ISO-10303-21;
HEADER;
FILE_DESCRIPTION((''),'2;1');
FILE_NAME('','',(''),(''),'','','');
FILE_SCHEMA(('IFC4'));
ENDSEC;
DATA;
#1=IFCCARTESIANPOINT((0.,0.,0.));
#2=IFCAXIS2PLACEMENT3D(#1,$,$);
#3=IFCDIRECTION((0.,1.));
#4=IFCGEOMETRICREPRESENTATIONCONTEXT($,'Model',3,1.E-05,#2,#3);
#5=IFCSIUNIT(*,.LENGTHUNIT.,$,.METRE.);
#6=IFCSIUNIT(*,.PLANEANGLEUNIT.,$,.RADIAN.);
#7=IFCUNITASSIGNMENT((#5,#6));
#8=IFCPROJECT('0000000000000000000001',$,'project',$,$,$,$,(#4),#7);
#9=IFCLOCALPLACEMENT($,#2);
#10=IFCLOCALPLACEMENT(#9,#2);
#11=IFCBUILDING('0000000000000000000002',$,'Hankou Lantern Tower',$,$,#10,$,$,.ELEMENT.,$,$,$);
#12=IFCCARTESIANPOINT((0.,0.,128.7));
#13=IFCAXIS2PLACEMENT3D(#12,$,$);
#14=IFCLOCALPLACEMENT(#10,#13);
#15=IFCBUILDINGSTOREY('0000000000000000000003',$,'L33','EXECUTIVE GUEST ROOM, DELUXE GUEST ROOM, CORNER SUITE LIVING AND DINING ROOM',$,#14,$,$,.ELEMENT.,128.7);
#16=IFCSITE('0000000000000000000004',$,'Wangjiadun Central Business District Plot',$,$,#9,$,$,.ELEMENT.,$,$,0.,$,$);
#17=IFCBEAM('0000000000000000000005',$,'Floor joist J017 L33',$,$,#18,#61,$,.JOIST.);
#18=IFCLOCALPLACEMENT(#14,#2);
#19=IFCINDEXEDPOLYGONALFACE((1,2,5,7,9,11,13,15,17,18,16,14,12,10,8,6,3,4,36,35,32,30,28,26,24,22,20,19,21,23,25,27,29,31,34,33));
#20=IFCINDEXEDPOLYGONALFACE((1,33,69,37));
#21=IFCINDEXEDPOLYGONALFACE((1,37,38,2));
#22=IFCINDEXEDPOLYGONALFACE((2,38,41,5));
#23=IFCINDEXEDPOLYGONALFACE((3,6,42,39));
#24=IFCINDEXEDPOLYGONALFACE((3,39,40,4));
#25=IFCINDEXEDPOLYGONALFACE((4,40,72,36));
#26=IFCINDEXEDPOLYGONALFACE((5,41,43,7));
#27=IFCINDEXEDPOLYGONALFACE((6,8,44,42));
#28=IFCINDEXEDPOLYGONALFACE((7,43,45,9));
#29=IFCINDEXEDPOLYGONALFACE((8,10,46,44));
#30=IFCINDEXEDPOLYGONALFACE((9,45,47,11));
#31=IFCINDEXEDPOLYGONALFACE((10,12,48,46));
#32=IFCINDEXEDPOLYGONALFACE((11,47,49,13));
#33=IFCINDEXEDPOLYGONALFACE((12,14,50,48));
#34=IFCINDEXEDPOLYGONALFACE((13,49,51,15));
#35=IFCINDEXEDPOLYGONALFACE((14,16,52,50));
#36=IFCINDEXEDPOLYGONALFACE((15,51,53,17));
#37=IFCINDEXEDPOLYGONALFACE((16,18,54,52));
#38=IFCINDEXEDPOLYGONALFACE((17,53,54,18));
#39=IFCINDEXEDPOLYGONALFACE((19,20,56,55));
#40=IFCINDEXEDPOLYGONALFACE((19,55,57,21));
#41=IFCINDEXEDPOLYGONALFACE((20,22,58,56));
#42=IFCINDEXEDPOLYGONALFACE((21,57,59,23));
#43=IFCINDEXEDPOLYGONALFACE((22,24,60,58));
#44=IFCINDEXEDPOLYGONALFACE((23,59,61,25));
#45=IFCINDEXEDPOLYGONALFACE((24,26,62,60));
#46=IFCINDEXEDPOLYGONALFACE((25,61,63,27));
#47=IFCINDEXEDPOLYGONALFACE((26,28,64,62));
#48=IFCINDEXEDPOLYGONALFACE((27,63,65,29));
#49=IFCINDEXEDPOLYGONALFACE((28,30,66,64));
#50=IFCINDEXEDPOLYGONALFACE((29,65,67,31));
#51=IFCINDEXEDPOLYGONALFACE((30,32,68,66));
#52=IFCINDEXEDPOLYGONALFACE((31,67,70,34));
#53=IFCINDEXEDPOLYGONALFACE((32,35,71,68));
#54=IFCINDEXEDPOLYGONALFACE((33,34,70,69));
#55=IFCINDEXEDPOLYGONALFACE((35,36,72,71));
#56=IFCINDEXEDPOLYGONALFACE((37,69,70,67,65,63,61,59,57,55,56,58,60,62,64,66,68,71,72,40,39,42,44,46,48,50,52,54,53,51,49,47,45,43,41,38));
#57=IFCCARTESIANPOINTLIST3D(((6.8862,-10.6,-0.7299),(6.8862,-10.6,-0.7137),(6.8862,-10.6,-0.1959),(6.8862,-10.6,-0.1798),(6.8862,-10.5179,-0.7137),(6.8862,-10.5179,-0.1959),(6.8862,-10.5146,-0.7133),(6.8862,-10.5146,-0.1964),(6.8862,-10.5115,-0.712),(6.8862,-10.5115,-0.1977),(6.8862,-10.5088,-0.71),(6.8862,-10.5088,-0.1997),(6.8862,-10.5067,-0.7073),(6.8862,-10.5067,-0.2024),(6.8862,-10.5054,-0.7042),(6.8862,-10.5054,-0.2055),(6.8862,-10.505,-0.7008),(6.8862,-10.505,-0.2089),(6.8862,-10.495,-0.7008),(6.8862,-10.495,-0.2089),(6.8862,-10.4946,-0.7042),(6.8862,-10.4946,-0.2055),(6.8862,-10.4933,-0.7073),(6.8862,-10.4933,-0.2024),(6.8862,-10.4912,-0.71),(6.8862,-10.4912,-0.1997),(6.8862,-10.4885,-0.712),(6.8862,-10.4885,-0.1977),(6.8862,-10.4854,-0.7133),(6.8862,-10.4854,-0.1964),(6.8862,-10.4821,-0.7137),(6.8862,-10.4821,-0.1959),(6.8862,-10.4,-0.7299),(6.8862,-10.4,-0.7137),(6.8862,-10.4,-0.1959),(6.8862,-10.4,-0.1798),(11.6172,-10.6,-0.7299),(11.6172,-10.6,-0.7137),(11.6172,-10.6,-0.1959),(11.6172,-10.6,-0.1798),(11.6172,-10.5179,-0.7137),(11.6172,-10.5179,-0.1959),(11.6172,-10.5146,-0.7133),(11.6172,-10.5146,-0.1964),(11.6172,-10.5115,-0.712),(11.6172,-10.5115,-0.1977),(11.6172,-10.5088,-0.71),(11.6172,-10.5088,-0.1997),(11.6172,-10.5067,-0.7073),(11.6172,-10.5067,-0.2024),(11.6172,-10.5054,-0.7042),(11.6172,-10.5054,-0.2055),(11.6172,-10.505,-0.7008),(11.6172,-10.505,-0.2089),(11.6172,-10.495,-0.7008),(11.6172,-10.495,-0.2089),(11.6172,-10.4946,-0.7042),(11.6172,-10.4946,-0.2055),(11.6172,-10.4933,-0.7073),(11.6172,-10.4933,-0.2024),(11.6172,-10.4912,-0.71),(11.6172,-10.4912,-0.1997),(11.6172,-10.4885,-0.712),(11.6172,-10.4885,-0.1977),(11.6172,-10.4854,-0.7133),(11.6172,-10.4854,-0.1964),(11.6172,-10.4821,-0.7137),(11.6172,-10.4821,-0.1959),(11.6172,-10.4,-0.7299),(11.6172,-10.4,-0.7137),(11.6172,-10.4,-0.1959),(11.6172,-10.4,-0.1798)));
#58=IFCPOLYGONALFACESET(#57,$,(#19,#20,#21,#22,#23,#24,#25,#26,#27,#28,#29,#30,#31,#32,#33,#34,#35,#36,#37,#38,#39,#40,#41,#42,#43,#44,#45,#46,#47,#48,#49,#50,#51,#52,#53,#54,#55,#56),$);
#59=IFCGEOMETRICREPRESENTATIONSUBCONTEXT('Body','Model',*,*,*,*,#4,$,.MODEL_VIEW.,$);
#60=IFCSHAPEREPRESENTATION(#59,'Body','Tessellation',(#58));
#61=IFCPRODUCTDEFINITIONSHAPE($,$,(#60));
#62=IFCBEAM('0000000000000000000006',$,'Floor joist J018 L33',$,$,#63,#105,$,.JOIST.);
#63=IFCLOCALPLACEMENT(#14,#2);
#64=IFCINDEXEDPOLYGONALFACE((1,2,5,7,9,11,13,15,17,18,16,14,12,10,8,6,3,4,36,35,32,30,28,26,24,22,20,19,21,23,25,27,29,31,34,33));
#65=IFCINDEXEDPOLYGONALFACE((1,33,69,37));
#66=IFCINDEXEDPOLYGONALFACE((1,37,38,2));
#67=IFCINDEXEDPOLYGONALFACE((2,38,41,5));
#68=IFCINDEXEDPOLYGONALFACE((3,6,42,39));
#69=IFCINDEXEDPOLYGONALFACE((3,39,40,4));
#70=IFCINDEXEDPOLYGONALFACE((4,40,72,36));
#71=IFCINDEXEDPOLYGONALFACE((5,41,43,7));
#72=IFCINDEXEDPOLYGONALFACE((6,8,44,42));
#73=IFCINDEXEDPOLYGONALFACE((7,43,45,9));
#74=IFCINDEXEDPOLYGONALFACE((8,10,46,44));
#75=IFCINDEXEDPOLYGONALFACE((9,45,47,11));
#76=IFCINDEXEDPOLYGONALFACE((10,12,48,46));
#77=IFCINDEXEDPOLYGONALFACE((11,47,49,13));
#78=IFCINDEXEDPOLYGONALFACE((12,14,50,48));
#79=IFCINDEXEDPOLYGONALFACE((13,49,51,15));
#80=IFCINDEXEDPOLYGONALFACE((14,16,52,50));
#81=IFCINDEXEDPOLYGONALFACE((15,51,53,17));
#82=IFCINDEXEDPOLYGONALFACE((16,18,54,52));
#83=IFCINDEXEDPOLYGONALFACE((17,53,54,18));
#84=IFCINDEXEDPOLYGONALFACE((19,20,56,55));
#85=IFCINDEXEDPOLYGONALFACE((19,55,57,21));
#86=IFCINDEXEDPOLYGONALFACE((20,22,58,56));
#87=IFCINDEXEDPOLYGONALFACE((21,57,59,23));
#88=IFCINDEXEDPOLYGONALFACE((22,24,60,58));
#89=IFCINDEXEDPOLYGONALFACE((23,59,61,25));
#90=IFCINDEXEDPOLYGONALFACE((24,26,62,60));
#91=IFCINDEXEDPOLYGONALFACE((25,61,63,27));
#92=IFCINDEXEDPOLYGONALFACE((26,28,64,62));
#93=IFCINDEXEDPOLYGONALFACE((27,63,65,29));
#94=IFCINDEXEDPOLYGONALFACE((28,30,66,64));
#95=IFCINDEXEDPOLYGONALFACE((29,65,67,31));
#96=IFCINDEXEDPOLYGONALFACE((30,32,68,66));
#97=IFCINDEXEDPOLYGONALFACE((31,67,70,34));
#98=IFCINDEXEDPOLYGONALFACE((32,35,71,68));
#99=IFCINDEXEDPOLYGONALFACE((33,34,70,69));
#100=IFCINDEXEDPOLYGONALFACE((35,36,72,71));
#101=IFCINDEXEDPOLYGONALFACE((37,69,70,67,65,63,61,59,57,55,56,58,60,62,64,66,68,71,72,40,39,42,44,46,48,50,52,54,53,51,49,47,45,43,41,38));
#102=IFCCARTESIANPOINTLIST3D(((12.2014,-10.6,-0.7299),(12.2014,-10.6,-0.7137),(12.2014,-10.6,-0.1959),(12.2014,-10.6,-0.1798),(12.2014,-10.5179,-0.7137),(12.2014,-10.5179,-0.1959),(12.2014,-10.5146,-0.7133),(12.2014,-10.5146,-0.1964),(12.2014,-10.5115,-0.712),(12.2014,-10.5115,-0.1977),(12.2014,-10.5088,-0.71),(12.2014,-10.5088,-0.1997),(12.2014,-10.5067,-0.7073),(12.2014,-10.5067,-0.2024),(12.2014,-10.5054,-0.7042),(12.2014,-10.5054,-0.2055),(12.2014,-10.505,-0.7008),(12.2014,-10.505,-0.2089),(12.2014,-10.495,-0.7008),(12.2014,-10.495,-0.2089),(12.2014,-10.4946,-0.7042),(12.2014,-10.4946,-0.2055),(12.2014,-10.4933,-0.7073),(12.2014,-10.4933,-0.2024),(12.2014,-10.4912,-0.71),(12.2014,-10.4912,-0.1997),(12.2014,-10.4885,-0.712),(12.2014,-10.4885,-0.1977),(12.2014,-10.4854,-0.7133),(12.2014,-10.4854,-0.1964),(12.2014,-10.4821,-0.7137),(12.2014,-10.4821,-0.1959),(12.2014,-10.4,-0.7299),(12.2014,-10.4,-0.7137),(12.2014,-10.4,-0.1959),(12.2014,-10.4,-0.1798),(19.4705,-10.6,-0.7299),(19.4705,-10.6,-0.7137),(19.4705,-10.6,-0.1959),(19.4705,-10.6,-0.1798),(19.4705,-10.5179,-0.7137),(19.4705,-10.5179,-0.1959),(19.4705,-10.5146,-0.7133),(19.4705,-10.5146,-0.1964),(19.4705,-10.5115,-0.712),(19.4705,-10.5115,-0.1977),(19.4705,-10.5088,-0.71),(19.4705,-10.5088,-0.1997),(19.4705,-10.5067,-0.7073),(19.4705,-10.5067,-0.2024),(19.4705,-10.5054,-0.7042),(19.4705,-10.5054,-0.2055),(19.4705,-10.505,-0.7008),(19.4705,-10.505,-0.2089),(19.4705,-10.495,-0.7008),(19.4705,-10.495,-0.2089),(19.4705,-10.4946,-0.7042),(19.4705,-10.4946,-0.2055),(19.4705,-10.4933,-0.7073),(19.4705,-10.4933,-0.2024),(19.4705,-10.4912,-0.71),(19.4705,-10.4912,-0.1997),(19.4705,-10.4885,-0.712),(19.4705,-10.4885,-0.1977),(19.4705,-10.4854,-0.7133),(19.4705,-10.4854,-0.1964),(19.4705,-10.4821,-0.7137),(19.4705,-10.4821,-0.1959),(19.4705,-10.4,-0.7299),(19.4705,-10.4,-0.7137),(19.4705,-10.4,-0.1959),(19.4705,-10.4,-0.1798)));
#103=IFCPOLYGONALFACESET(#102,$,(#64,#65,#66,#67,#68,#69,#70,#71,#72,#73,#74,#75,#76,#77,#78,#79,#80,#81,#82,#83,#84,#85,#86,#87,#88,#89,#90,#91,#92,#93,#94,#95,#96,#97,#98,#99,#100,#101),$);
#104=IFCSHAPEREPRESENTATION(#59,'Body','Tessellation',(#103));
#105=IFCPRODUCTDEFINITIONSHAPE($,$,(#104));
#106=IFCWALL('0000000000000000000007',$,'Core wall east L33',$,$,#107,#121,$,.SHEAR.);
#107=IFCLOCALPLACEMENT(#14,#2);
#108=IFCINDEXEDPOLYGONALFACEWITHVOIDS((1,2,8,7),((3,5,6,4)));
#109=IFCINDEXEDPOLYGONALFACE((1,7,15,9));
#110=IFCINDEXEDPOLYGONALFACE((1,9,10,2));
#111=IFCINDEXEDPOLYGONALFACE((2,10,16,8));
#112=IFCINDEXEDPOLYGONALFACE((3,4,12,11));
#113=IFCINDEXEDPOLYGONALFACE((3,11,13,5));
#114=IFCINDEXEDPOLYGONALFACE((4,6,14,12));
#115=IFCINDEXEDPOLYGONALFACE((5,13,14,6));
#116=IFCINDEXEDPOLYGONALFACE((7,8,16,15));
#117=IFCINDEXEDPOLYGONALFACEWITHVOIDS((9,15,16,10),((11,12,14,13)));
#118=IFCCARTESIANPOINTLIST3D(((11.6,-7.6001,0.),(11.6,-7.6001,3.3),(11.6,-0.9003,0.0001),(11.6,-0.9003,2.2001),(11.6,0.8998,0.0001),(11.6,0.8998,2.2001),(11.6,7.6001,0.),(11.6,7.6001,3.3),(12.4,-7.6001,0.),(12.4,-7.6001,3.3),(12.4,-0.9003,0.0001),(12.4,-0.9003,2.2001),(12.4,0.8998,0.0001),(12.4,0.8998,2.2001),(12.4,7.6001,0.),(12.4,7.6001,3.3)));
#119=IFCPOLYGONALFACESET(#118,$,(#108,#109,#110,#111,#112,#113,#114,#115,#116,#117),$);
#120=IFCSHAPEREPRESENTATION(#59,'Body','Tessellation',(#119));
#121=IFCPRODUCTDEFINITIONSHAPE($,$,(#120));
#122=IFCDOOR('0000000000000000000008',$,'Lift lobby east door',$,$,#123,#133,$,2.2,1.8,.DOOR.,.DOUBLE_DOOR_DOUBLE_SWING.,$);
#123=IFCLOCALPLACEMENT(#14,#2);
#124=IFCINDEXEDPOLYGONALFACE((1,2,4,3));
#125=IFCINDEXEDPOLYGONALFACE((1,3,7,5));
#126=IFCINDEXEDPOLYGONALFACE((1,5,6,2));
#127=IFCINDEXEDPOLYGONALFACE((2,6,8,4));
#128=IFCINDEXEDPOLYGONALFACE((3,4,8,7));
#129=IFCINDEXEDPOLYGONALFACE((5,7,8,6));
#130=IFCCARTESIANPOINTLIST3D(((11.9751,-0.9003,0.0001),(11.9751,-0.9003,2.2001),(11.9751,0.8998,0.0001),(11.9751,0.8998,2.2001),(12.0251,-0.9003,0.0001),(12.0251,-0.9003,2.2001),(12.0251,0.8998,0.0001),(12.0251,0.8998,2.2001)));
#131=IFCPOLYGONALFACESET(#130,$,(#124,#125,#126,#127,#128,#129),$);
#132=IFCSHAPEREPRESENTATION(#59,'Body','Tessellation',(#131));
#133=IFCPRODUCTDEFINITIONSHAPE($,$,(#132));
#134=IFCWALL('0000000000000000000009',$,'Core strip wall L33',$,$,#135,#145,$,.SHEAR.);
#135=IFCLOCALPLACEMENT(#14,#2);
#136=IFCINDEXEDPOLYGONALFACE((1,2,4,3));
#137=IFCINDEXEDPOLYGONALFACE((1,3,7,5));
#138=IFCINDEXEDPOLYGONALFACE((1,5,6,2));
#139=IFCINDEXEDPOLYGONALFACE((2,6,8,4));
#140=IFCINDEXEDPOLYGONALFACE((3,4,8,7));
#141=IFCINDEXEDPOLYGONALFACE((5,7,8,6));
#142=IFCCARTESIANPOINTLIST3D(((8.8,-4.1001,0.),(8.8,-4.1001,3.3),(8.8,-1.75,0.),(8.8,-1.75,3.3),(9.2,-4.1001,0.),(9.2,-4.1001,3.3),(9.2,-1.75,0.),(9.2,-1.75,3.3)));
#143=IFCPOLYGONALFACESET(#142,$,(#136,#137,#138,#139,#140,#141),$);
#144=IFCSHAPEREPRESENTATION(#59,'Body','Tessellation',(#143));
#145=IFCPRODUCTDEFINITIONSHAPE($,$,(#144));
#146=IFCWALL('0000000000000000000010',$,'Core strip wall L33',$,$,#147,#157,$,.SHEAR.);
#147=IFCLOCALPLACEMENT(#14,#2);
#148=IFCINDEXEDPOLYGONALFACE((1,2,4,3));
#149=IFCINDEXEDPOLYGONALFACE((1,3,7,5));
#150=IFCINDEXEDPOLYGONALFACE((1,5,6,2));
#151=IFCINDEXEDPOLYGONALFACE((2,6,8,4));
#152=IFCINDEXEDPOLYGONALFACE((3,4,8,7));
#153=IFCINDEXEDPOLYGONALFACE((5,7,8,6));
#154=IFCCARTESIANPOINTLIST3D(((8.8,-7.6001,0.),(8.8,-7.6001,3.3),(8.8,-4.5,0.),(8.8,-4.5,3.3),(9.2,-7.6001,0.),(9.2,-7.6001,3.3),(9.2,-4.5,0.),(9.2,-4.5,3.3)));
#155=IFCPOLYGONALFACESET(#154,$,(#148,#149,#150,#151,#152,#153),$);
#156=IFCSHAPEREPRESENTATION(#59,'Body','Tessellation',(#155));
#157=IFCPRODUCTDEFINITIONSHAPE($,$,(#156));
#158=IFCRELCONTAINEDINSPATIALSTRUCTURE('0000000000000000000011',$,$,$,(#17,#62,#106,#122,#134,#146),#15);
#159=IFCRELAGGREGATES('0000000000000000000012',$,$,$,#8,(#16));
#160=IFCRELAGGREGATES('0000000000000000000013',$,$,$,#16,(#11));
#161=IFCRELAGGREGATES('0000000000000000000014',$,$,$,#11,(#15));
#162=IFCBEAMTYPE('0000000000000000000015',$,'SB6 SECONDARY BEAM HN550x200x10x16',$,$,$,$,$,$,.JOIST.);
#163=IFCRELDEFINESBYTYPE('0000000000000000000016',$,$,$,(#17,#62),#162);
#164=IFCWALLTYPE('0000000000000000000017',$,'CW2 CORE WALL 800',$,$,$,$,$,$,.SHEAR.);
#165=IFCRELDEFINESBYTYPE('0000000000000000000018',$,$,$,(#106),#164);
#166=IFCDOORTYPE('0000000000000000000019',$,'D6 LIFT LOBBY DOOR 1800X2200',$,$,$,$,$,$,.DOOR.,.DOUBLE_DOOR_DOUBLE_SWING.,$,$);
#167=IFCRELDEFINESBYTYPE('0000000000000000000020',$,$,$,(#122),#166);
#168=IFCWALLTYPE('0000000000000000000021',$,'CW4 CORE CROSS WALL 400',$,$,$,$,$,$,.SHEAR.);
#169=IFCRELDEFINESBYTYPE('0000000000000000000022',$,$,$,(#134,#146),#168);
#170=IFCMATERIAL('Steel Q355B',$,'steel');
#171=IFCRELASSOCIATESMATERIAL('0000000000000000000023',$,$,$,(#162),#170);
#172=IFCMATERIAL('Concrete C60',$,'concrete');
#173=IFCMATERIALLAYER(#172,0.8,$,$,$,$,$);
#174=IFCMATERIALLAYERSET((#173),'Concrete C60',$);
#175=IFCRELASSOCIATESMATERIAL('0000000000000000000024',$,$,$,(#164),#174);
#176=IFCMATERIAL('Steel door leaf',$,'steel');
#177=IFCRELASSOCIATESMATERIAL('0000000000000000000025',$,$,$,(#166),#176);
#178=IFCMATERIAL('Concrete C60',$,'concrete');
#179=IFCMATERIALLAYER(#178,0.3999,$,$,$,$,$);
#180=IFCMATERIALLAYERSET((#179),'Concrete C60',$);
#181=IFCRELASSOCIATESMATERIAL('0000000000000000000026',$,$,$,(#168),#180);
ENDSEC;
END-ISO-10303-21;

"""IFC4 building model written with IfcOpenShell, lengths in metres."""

from ifc_helpers import new_model, si_unit, direction, frame, frame_2d, origin, origin_2d, place, context, subcontext, project, spatial, rectangle, i_section, extrude, material, layer, layer_set, material_profile, profile_set, type_object, element, fill, save


model = new_model("IFC4")

# Units and contexts
model_context = context("Model", 3, precision=1e-05, world=origin(), true_north=direction((0.0, 1.0)))
body_context = subcontext(model_context, "Body", "Model", "MODEL_VIEW")
ifc_project = project(units=[si_unit("LENGTHUNIT", "METRE"), si_unit("PLANEANGLEUNIT", "RADIAN")], contexts=[model_context])

# Site, building, storey
site_placement = place(None, origin())
site = spatial("IfcSite", under=ifc_project, at=site_placement, Name="Wangjiadun Central Business District Plot", CompositionType="ELEMENT", RefElevation=0.0)
building_placement = place(site_placement, origin())
building = spatial("IfcBuilding", under=site, at=building_placement, Name="Hankou Lantern Tower", CompositionType="ELEMENT")
storey_placement = place(building_placement, frame((0.0, 0.0, 128.7)))
storey = spatial("IfcBuildingStorey", under=building, at=storey_placement, Name="L33", Description="EXECUTIVE GUEST ROOM, DELUXE GUEST ROOM, CORNER SUITE LIVING AND DINING ROOM", CompositionType="ELEMENT", Elevation=128.7)

# Beams
ifc_material_1 = material(Name="Steel Q355B", Category="steel")
ifc_material_profile_1 = material_profile(ifc_material_1, i_section(OverallWidth=0.2, OverallDepth=0.55, WebThickness=0.01, FlangeThickness=0.0161, FilletRadius=0.0129, at=origin_2d()), Name="HN550x200x10x16")
ifc_profile_set_1 = profile_set([ifc_material_profile_1], Name="Steel Q355B")
beam_type_1 = type_object("IfcBeamType", Name="SB6 SECONDARY BEAM HN550x200x10x16", PredefinedType="JOIST", material=ifc_profile_set_1)
beam_1_placement = place(storey_placement, frame((6.8862, -10.5, -0.4548), z_axis=(1.0, 0.0, 0.0), x_axis=(0.0, 1.0, 0.0)))
element("IfcBeam", 1, at=beam_1_placement, inside=storey, type_object=beam_type_1, Name="Floor joist J017 L33", PredefinedType="JOIST", context=body_context, shape_type="SweptSolid", body=[
    extrude(i_section(OverallWidth=0.2, OverallDepth=0.55, WebThickness=0.01, FlangeThickness=0.0161, FilletRadius=0.0129, at=origin_2d()), origin(), (0.0, 0.0, 1.0), 4.731),
])
beam_2_placement = place(storey_placement, frame((12.2014, -10.5, -0.4548), z_axis=(1.0, 0.0, 0.0), x_axis=(0.0, 1.0, 0.0)))
element("IfcBeam", 2, at=beam_2_placement, inside=storey, type_object=beam_type_1, Name="Floor joist J018 L33", PredefinedType="JOIST", context=body_context, shape_type="SweptSolid", body=[
    extrude(i_section(OverallWidth=0.2, OverallDepth=0.55, WebThickness=0.01, FlangeThickness=0.0161, FilletRadius=0.0129, at=origin_2d()), origin(), (0.0, 0.0, 1.0), 7.269),
])

# Wall, opening, door
ifc_material_2 = material(Name="Concrete C60", Category="concrete")
ifc_layer_1 = layer(ifc_material_2, 0.8)
ifc_layer_set_1 = layer_set([ifc_layer_1], Name="Concrete C60")
wall_type_1 = type_object("IfcWallType", Name="CW2 CORE WALL 800", PredefinedType="SHEAR", material=ifc_layer_set_1)
wall_1_placement = place(storey_placement, frame((12.0, -7.6001, 0.0), z_axis=(0.0, 0.0, 1.0), x_axis=(0.0, 1.0, 0.0)))
wall_1 = element("IfcWall", 3, at=wall_1_placement, inside=storey, type_object=wall_type_1, Name="Core wall east L33", PredefinedType="SHEAR", context=body_context, shape_type="SweptSolid", body=[
    extrude(rectangle(XDim=15.2002, YDim=0.8, at=frame_2d((7.6001, 0.0))), origin(), (0.0, 0.0, 1.0), 3.3),
])
opening_1_placement = place(wall_1_placement, frame((6.7, 0.0, 0.0)))
opening_1 = element("IfcOpeningElement", 4, at=opening_1_placement, cuts=wall_1, PredefinedType="OPENING", context=body_context, shape_type="SweptSolid", body=[
    extrude(rectangle(XDim=1.8, YDim=2.2, at=frame_2d((0.8999, 1.1001))), frame((0.0, 0.4099, 0.0), z_axis=(0.0, -1.0, 0.0), x_axis=(1.0, 0.0, 0.0)), (0.0, 0.0, 1.0), 0.8201),
])
ifc_material_3 = material(Name="Steel door leaf", Category="steel")
door_type_1 = type_object("IfcDoorType", Name="D6 LIFT LOBBY DOOR 1800X2200", OperationType="DOUBLE_DOOR_DOUBLE_SWING", PredefinedType="DOOR", material=ifc_material_3)
door_1_placement = place(opening_1_placement, origin())
door_1 = element("IfcDoor", 5, at=door_1_placement, inside=storey, type_object=door_type_1, Name="Lift lobby east door", OperationType="DOUBLE_DOOR_DOUBLE_SWING", OverallHeight=2.2, OverallWidth=1.8, PredefinedType="DOOR", context=body_context, shape_type="SweptSolid", body=[
    extrude(rectangle(XDim=1.8, YDim=2.2, at=frame_2d((0.8999, 1.1001))), frame((0.0, 0.0249, 0.0), z_axis=(0.0, -1.0, 0.0), x_axis=(1.0, 0.0, 0.0)), (0.0, 0.0, 1.0), 0.05),
])
fill(opening_1, door_1)

# Walls
ifc_material_4 = material(Name="Concrete C60", Category="concrete")
ifc_layer_2 = layer(ifc_material_4, 0.3999)
ifc_layer_set_2 = layer_set([ifc_layer_2], Name="Concrete C60")
wall_type_2 = type_object("IfcWallType", Name="CW4 CORE CROSS WALL 400", PredefinedType="SHEAR", material=ifc_layer_set_2)
wall_2_placement = place(storey_placement, frame((9.0, -4.1001, 0.0), z_axis=(0.0, 0.0, 1.0), x_axis=(0.0, 1.0, 0.0)))
element("IfcWall", 6, at=wall_2_placement, inside=storey, type_object=wall_type_2, Name="Core strip wall L33", PredefinedType="SHEAR", context=body_context, shape_type="SweptSolid", body=[
    extrude(rectangle(XDim=2.3501, YDim=0.3999, at=frame_2d((1.175, 0.0))), origin(), (0.0, 0.0, 1.0), 3.3),
])
wall_3_placement = place(storey_placement, frame((9.0, -7.6001, 0.0), z_axis=(0.0, 0.0, 1.0), x_axis=(0.0, 1.0, 0.0)))
element("IfcWall", 7, at=wall_3_placement, inside=storey, type_object=wall_type_2, Name="Core strip wall L33", PredefinedType="SHEAR", context=body_context, shape_type="SweptSolid", body=[
    extrude(rectangle(XDim=3.1001, YDim=0.3999, at=frame_2d((1.55, 0.0))), origin(), (0.0, 0.0, 1.0), 3.3),
])

save(model, "model.ifc")
